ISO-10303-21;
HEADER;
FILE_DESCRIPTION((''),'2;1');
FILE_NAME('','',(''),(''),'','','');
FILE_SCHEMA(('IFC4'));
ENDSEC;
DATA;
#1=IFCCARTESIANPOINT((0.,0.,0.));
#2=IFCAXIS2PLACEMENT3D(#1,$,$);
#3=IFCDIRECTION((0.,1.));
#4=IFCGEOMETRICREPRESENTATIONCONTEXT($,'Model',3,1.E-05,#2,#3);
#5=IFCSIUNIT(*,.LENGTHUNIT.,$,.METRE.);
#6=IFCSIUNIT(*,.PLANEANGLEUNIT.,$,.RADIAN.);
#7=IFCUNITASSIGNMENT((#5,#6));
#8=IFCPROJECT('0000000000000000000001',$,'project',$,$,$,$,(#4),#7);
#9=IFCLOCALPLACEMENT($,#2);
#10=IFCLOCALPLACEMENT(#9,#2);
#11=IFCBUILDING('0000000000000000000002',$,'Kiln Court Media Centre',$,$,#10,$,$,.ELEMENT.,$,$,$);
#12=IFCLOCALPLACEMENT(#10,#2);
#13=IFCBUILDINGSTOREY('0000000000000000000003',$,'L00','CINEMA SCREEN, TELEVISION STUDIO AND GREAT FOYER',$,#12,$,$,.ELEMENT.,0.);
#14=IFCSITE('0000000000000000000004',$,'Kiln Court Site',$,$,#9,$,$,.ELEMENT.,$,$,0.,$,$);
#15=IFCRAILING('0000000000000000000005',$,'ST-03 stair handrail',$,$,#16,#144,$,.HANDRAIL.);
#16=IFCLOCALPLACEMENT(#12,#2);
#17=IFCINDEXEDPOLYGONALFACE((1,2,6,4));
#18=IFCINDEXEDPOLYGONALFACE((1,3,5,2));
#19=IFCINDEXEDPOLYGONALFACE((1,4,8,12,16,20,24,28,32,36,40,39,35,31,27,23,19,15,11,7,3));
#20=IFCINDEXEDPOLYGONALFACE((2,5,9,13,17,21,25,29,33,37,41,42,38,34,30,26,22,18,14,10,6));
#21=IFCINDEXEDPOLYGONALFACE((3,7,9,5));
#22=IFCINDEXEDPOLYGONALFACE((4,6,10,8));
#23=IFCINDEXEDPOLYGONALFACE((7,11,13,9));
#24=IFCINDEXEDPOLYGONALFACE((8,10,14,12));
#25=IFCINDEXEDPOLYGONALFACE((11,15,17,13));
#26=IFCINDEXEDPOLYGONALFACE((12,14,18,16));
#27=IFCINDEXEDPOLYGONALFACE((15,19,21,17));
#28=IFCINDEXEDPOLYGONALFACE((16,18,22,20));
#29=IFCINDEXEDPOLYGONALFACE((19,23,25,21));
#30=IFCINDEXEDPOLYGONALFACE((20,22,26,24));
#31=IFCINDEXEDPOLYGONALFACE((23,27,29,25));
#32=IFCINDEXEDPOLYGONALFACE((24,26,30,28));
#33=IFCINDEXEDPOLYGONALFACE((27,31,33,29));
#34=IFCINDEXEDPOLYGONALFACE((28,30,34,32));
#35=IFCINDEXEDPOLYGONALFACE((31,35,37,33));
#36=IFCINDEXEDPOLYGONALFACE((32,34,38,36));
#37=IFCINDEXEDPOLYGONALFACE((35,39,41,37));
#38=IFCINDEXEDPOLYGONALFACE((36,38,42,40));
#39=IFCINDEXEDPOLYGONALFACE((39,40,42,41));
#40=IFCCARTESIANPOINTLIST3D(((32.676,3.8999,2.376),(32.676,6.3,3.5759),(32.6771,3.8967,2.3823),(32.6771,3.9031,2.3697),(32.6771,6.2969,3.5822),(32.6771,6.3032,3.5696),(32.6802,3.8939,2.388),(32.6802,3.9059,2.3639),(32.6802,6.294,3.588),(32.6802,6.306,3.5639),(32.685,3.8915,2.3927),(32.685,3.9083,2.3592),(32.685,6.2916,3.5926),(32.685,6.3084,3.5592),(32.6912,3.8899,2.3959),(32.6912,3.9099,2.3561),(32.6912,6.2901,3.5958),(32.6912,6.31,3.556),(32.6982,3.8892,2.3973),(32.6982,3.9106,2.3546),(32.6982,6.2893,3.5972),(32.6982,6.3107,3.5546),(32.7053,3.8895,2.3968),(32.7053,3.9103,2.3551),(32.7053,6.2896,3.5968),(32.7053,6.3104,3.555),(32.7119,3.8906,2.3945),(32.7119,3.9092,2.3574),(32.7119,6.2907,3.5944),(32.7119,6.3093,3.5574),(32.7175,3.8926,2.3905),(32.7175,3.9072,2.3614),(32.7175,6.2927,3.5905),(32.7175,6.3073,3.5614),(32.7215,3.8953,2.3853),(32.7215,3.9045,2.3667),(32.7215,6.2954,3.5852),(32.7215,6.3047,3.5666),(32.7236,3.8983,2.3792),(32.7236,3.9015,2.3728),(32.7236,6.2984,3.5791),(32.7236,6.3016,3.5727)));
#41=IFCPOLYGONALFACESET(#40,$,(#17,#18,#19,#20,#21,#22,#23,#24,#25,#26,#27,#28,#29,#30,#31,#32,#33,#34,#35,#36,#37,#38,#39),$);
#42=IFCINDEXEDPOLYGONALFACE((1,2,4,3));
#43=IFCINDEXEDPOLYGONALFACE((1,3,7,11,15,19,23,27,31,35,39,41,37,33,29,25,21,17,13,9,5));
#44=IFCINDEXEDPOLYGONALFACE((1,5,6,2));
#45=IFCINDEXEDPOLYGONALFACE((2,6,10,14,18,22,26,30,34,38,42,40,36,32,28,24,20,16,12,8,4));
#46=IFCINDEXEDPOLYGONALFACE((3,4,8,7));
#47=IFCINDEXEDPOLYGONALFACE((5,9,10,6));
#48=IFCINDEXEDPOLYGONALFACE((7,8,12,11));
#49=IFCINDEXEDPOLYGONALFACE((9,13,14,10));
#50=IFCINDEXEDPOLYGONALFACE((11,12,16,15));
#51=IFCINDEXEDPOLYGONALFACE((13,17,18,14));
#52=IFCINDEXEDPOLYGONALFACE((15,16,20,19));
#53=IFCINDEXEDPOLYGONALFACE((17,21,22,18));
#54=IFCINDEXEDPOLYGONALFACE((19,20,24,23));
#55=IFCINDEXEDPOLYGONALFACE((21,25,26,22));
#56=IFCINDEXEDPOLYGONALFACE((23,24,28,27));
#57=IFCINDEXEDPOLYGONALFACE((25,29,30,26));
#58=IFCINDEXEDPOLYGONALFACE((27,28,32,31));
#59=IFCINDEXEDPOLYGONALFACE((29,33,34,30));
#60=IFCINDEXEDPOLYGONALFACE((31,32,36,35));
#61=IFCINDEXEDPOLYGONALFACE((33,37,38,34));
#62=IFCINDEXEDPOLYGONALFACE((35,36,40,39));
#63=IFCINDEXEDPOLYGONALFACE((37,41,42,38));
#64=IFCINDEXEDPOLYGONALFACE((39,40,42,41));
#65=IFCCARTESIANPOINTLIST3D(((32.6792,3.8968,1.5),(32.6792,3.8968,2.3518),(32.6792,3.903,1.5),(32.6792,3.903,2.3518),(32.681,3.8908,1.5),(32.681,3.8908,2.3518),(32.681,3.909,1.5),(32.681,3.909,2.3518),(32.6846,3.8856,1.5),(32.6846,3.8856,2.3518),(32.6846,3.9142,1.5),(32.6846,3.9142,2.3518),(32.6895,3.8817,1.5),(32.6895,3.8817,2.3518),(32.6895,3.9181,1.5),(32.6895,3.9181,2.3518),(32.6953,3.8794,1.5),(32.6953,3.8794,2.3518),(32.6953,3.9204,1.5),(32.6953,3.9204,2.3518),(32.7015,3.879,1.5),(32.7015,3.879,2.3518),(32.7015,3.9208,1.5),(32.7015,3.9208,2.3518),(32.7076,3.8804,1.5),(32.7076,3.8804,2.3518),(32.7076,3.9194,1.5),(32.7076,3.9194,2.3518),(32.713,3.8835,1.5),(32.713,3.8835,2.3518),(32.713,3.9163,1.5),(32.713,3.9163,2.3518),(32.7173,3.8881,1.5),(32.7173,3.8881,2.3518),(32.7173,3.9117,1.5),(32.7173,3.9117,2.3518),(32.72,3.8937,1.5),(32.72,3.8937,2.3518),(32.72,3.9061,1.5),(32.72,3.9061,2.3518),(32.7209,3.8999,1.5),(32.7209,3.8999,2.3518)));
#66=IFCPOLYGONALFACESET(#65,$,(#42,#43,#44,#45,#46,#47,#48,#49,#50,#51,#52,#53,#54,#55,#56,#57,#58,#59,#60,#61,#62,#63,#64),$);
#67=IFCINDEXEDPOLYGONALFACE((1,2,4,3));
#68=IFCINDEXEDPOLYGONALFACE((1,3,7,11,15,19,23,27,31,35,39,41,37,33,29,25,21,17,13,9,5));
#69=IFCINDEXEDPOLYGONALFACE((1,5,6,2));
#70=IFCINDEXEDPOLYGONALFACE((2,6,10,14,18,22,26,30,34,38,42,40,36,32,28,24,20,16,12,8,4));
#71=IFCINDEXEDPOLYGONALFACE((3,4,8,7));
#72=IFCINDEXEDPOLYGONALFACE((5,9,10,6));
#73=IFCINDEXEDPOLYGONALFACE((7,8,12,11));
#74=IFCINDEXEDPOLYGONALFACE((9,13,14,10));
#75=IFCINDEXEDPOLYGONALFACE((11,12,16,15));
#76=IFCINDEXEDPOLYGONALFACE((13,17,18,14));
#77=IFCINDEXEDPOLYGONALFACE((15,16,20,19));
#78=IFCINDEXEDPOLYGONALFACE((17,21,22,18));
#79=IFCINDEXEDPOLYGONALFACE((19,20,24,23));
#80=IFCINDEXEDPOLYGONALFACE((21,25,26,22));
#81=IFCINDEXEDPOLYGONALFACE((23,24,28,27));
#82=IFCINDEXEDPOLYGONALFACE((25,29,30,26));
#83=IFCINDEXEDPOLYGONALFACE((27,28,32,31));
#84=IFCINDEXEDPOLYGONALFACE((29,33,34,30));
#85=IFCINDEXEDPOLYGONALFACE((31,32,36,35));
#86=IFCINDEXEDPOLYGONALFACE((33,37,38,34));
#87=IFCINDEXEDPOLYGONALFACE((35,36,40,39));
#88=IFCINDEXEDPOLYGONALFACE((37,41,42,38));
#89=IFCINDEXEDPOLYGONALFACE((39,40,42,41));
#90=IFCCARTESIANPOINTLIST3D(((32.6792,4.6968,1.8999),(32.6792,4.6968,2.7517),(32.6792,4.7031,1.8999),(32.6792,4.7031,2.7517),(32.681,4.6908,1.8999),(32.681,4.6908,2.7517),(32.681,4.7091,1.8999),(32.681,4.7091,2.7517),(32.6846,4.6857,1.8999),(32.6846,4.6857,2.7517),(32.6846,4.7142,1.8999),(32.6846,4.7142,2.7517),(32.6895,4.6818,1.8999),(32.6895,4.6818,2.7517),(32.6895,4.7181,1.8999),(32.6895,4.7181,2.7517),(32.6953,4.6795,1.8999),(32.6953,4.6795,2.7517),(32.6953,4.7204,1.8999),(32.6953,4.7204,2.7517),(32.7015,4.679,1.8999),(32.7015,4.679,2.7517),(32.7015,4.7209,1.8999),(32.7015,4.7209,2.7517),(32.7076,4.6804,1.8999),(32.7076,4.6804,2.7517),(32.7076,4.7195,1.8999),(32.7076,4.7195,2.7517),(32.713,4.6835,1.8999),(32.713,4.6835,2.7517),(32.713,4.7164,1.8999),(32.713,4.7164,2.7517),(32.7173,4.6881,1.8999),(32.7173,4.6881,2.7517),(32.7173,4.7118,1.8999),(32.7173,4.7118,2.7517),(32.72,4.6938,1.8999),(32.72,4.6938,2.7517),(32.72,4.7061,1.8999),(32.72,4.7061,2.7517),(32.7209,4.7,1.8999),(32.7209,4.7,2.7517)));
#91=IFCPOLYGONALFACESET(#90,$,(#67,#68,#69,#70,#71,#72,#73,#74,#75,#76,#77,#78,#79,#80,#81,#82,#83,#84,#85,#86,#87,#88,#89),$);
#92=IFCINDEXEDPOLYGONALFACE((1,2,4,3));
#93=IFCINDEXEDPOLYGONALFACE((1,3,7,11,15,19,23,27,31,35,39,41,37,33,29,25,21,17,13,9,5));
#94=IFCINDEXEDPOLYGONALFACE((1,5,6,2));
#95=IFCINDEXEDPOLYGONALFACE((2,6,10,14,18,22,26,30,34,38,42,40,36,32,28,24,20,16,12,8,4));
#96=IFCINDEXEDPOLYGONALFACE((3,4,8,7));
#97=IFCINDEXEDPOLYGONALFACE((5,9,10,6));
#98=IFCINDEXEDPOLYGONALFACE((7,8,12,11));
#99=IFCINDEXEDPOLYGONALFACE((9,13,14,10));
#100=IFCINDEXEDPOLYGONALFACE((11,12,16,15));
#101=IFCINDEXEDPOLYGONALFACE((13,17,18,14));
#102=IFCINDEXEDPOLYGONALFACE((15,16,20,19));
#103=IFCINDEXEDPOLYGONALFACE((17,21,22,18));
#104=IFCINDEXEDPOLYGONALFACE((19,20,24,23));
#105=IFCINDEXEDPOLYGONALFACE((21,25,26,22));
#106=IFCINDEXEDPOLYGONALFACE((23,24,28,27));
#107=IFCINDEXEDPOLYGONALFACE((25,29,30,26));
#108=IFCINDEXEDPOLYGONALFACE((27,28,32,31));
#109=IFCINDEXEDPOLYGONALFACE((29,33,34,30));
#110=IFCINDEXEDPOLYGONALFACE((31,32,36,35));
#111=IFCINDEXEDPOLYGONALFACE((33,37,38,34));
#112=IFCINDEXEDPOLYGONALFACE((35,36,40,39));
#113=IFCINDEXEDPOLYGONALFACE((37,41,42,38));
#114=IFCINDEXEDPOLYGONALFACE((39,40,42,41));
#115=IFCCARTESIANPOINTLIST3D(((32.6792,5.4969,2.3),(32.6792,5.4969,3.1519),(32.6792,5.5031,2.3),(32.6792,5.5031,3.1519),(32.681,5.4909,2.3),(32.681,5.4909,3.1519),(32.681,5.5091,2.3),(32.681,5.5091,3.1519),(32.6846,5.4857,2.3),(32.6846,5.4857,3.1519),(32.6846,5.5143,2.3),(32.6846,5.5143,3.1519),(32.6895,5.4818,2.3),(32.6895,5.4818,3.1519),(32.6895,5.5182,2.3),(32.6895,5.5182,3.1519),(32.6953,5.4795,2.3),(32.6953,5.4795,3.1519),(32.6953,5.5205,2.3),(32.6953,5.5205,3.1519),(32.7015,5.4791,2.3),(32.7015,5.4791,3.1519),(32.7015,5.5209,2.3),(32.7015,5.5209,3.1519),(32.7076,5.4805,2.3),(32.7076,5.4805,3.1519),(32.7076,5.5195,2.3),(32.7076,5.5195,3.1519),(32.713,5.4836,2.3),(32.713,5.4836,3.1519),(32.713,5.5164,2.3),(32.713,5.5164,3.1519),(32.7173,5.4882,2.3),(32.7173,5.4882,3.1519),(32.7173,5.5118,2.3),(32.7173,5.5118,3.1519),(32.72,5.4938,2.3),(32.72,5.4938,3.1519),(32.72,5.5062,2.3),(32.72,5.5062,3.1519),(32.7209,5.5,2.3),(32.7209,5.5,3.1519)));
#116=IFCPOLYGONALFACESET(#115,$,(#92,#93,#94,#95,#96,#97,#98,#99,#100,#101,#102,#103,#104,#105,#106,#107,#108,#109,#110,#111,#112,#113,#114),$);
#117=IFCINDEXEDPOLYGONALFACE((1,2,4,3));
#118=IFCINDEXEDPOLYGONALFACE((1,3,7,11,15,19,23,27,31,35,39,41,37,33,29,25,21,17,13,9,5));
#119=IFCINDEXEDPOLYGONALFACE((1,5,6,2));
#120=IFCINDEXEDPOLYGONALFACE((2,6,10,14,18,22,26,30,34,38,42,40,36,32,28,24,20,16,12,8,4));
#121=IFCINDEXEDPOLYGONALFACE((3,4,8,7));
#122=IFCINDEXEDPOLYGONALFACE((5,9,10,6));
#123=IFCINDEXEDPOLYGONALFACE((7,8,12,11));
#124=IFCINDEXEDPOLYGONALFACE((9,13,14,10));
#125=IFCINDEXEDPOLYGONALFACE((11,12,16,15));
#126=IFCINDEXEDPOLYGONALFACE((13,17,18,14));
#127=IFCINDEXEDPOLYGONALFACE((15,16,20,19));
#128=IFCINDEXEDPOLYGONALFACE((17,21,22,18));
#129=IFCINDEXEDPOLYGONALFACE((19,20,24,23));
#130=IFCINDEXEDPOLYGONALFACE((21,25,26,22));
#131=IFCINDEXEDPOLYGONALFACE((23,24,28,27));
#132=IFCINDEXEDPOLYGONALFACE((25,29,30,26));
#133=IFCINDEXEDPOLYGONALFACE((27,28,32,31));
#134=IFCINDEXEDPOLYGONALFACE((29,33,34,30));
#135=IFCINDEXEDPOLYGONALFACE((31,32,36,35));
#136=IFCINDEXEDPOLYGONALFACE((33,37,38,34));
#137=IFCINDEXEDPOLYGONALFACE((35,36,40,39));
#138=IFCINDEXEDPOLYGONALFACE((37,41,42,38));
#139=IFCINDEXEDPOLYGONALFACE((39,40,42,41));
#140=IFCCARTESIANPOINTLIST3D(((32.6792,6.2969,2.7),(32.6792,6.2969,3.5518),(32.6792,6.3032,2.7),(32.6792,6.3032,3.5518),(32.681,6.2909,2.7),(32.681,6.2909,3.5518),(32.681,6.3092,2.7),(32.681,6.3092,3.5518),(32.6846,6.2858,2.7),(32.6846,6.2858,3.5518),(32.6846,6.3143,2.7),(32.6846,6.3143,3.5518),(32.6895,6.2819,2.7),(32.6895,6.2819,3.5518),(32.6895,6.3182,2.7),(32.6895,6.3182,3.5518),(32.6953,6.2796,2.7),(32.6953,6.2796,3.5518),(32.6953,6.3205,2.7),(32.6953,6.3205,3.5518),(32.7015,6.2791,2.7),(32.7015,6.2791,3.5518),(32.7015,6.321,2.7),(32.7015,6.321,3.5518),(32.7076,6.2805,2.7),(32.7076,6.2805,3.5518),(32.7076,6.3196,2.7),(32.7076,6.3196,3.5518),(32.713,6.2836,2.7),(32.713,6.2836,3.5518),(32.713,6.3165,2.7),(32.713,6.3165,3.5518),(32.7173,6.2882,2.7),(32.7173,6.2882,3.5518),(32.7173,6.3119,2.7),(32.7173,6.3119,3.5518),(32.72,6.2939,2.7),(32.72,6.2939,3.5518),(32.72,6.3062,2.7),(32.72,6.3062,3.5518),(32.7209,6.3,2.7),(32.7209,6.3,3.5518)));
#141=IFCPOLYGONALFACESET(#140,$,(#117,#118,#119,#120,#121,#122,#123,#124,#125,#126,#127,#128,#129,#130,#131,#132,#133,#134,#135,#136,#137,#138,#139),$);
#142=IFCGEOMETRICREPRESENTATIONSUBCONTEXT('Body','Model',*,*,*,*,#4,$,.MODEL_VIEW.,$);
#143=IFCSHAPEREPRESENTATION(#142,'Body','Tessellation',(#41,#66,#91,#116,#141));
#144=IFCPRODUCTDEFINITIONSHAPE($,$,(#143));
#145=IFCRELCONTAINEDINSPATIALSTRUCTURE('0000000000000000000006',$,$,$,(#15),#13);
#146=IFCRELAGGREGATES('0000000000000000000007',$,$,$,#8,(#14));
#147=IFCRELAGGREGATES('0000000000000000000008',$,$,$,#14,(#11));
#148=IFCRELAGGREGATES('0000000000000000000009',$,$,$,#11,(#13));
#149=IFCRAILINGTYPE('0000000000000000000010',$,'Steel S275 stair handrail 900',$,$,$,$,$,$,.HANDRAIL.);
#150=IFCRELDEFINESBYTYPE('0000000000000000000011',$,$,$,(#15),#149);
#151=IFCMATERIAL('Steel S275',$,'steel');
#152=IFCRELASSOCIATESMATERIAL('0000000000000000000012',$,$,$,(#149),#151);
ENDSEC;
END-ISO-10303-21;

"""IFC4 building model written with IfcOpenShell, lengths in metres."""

from ifc_helpers import new_model, si_unit, direction, frame, origin, origin_2d, place, context, subcontext, project, spatial, circle, extrude, material, type_object, element, save


model = new_model("IFC4")

# Units and contexts
model_context = context("Model", 3, precision=1e-05, world=origin(), true_north=direction((0.0, 1.0)))
body_context = subcontext(model_context, "Body", "Model", "MODEL_VIEW")
ifc_project = project(units=[si_unit("LENGTHUNIT", "METRE"), si_unit("PLANEANGLEUNIT", "RADIAN")], contexts=[model_context])

# Site, building, storey
site_placement = place(None, origin())
site = spatial("IfcSite", under=ifc_project, at=site_placement, Name="Kiln Court Site", CompositionType="ELEMENT", RefElevation=0.0)
building_placement = place(site_placement, origin())
building = spatial("IfcBuilding", under=site, at=building_placement, Name="Kiln Court Media Centre", CompositionType="ELEMENT")
storey_placement = place(building_placement, origin())
storey = spatial("IfcBuildingStorey", under=building, at=storey_placement, Name="L00", Description="CINEMA SCREEN, TELEVISION STUDIO AND GREAT FOYER", CompositionType="ELEMENT", Elevation=0.0)

# Railing
ifc_material_1 = material(Name="Steel S275", Category="steel")
railing_type_1 = type_object("IfcRailingType", Name="Steel S275 stair handrail 900", PredefinedType="HANDRAIL", material=ifc_material_1)
railing_1_placement = place(storey_placement, frame((32.7, 3.8999, 1.5)))
element("IfcRailing", 1, at=railing_1_placement, inside=storey, type_object=railing_type_1, Name="ST-03 stair handrail", PredefinedType="HANDRAIL", context=body_context, shape_type="SweptSolid", body=[
    extrude(circle(Radius=0.0239, at=origin_2d()), frame((0.0, 0.0, 0.876), z_axis=(0.0, 0.894445, 0.447177), x_axis=(-1.0, 0.0, 0.0)), (0.0, 0.0, 1.0), 2.6833),
    extrude(circle(Radius=0.021, at=origin_2d()), origin(), (0.0, 0.0, 1.0), 0.8518),
    extrude(circle(Radius=0.021, at=origin_2d()), frame((0.0, 0.8, 0.3999)), (0.0, 0.0, 1.0), 0.8518),
    extrude(circle(Radius=0.021, at=origin_2d()), frame((0.0, 1.6001, 0.8)), (0.0, 0.0, 1.0), 0.8518),
    extrude(circle(Radius=0.021, at=origin_2d()), frame((0.0, 2.4001, 1.2)), (0.0, 0.0, 1.0), 0.8518),
])

save(model, "model.ifc")
